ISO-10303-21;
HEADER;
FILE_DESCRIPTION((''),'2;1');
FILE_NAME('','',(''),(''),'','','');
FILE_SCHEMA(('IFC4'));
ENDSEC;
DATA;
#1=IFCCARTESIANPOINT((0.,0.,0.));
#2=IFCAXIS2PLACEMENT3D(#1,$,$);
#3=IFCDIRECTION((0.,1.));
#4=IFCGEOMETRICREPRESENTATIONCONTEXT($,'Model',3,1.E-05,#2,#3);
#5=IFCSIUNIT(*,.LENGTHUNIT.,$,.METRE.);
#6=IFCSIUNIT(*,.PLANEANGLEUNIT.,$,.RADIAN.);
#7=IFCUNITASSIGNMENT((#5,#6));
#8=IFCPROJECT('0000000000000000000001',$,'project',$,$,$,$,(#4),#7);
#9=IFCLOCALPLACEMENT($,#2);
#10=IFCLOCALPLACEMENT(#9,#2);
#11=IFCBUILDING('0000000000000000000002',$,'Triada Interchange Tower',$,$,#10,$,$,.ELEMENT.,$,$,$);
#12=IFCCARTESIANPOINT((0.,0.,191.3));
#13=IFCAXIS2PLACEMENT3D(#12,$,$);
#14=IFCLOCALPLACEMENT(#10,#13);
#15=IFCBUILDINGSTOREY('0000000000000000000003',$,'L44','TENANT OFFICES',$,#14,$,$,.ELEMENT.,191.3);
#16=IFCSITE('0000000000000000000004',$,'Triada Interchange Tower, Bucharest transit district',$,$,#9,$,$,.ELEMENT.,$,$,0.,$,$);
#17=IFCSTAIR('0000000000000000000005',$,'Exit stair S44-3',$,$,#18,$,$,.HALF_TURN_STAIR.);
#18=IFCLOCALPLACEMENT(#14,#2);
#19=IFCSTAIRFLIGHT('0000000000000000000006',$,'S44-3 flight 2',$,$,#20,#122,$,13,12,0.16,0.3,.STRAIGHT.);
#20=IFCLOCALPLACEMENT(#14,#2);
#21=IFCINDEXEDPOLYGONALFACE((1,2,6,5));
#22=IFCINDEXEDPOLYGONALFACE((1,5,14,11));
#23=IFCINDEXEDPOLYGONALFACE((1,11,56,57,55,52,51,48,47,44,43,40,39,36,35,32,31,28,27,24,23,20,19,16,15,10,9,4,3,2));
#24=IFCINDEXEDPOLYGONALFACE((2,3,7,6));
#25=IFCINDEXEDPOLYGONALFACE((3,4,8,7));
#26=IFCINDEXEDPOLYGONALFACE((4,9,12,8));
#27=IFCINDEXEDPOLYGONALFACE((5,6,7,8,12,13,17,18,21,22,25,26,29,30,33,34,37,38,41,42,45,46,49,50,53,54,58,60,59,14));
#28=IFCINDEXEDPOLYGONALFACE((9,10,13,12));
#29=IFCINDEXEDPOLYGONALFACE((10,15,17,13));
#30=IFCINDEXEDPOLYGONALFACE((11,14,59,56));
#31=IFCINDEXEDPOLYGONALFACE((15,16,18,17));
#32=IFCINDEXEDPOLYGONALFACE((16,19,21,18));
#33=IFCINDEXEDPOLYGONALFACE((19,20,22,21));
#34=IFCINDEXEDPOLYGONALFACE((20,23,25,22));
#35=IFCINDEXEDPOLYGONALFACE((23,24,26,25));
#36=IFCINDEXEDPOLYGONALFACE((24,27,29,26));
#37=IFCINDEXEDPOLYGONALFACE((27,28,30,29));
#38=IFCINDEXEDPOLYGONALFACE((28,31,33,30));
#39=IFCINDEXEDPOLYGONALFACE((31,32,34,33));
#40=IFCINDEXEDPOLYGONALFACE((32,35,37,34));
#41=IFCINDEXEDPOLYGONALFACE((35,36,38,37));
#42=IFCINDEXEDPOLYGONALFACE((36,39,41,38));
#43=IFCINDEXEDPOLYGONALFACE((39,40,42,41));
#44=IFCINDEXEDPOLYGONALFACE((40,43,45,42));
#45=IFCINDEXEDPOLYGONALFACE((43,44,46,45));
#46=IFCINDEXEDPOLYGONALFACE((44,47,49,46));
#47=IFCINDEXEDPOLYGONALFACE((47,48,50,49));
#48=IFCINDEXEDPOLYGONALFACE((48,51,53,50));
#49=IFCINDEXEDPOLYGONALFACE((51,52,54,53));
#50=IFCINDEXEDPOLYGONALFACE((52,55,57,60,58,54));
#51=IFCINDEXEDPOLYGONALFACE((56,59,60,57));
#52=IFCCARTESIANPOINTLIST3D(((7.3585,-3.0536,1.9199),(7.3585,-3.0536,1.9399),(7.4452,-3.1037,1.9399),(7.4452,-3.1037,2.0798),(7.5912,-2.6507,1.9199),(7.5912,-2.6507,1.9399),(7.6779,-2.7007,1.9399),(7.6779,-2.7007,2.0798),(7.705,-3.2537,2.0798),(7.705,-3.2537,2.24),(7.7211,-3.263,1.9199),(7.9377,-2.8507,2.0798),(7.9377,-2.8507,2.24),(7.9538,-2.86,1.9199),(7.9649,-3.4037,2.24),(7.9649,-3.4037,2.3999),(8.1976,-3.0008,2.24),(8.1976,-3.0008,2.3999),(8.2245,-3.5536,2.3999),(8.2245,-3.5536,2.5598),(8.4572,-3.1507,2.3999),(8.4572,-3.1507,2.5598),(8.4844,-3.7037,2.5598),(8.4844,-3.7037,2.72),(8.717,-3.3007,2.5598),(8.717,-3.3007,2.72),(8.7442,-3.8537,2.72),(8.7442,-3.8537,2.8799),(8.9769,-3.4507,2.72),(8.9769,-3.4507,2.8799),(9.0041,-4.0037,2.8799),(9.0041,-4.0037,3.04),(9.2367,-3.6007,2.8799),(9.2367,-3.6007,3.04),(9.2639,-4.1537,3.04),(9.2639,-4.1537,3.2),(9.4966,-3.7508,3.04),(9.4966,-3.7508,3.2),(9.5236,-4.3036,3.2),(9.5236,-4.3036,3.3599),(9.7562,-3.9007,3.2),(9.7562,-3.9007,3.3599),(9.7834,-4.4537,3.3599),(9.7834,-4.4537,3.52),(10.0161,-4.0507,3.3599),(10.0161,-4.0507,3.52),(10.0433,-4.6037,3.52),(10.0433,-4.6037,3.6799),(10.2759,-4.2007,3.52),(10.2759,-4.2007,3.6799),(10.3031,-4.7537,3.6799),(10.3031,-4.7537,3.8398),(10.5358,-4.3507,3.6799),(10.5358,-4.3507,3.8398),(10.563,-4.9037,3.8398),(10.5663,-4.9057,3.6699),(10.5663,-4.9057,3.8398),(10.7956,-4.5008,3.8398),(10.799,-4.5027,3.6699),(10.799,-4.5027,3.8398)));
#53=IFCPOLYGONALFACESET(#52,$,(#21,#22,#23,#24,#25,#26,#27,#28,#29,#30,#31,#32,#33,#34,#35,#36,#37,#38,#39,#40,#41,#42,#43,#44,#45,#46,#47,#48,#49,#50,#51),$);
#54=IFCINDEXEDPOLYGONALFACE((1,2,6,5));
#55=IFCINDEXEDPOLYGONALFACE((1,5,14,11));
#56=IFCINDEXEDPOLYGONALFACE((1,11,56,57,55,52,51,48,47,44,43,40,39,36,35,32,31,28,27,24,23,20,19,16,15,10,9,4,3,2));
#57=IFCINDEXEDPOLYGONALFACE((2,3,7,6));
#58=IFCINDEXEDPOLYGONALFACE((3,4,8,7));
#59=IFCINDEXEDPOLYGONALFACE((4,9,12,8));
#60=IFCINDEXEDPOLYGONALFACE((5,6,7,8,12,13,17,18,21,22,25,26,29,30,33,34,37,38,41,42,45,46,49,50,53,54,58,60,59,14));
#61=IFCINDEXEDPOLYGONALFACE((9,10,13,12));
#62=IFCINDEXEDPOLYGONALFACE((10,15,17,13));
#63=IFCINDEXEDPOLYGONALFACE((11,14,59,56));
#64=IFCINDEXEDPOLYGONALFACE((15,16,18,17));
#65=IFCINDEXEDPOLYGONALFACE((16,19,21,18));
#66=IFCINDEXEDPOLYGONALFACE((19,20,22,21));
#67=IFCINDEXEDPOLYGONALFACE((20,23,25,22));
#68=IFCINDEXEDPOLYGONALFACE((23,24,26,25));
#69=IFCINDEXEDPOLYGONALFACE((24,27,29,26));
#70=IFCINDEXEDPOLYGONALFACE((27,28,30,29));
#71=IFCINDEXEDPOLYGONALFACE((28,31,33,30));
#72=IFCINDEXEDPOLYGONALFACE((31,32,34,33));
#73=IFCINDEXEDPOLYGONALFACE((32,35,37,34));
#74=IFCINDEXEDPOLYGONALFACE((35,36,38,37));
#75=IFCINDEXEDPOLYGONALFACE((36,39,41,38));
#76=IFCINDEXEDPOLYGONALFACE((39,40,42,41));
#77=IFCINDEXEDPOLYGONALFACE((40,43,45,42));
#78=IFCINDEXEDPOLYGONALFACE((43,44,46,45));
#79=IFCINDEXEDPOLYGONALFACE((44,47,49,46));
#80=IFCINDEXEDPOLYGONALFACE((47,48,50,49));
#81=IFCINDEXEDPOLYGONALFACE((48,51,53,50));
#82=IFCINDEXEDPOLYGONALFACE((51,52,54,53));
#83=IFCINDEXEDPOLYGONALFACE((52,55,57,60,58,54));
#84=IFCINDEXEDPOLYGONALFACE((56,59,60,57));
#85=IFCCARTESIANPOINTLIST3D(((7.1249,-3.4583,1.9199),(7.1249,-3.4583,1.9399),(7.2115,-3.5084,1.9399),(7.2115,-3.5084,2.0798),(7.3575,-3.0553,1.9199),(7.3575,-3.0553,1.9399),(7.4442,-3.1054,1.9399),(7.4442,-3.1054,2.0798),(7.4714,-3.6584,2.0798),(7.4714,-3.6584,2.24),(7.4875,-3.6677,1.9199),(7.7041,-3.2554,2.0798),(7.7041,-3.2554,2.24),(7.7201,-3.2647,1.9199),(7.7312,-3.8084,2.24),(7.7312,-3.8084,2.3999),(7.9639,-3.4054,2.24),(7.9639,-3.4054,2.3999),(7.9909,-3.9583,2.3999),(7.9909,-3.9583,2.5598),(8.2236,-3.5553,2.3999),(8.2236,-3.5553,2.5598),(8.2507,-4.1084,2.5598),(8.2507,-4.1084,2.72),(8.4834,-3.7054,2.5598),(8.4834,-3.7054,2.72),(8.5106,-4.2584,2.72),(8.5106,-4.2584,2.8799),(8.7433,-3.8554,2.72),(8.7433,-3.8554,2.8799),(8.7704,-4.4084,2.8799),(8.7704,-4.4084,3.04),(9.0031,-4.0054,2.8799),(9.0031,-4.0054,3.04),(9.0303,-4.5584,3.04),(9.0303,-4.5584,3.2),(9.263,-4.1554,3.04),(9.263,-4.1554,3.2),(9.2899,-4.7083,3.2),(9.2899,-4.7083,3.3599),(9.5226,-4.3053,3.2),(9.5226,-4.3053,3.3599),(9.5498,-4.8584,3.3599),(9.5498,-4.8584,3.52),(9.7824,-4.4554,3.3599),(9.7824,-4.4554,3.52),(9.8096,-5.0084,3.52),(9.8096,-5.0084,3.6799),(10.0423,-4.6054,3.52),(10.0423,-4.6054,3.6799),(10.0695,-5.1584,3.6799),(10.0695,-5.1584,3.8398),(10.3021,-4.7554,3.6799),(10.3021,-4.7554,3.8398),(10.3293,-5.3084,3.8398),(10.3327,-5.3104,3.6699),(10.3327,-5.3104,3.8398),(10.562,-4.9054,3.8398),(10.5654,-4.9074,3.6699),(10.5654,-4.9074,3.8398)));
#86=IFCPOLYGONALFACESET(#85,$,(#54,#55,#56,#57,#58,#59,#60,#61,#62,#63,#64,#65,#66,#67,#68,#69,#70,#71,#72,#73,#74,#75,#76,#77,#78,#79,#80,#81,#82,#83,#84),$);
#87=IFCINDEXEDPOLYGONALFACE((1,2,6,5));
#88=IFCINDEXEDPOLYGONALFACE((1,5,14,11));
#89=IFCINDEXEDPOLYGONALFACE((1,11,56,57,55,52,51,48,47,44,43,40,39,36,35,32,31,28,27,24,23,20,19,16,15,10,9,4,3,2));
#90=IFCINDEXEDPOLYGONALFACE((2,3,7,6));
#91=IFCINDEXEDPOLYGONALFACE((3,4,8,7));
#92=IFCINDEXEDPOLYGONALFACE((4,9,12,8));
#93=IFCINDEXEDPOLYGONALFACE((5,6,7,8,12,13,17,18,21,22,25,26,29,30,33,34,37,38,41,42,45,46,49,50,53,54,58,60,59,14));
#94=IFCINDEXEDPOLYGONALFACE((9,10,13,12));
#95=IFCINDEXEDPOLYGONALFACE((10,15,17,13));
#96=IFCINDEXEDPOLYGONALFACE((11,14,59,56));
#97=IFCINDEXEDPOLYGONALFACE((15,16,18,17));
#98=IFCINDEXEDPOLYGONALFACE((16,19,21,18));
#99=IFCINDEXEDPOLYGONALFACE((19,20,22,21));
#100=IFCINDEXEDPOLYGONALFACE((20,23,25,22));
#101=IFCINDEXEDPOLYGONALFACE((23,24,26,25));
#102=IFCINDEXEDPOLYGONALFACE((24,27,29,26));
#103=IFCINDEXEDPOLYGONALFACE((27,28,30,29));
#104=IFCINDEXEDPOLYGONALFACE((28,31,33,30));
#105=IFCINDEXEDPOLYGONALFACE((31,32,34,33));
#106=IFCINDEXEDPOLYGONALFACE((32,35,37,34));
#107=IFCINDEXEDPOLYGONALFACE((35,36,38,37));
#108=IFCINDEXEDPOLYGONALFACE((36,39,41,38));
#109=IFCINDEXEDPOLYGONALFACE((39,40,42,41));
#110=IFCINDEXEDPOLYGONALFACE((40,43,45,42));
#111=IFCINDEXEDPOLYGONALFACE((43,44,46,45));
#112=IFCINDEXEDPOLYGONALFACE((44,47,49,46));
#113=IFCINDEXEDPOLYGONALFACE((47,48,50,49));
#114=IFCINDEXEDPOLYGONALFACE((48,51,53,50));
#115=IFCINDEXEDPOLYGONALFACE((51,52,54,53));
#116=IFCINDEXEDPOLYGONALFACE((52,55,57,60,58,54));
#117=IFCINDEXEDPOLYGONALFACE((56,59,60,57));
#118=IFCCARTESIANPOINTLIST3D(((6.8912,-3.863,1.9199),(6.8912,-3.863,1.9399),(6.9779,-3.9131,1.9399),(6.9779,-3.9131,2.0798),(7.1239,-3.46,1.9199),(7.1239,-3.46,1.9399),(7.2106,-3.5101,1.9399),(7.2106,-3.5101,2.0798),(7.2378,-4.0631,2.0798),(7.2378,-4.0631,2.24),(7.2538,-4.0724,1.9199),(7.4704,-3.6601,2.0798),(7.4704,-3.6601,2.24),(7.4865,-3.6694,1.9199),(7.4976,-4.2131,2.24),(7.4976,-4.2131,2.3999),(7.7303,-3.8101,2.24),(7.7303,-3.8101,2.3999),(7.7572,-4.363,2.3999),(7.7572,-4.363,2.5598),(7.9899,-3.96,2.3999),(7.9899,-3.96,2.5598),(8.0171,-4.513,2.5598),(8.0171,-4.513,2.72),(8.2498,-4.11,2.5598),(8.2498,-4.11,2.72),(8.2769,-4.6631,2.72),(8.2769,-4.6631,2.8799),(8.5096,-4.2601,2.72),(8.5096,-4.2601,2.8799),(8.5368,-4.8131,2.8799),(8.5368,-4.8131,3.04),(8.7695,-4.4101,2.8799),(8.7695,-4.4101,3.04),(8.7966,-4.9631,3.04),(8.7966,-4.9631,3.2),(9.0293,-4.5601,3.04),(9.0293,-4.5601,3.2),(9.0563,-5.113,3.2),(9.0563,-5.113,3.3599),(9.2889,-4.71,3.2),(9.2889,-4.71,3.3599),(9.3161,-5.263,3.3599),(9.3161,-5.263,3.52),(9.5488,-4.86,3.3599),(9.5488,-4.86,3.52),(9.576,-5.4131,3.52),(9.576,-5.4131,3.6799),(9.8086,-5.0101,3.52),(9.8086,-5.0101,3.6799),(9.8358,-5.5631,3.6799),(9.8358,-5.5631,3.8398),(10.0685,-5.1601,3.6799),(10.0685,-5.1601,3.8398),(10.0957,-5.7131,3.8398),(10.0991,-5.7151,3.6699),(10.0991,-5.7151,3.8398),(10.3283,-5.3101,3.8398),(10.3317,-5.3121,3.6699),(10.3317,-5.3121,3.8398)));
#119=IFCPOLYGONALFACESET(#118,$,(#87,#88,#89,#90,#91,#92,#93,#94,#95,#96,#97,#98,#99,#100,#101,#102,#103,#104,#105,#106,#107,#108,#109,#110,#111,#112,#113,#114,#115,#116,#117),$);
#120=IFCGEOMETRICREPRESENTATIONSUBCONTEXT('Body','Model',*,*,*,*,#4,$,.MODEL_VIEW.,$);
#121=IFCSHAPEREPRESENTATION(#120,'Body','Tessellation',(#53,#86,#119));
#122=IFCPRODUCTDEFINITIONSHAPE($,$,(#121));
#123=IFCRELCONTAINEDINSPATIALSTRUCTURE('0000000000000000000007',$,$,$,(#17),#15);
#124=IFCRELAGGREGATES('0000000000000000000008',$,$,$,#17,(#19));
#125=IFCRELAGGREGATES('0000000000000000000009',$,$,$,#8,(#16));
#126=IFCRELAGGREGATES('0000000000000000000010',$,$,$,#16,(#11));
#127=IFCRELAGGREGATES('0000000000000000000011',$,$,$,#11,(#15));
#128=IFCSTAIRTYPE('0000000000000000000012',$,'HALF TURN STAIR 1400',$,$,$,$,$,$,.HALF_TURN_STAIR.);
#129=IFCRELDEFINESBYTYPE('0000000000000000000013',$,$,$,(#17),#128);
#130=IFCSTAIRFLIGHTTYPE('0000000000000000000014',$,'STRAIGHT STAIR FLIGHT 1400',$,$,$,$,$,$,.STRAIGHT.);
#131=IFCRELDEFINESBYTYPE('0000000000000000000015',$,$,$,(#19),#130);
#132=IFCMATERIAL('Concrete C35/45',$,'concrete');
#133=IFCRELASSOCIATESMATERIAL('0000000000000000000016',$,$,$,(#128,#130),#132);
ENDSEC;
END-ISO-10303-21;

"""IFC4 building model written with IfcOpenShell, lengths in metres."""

from ifc_helpers import new_model, si_unit, direction, frame, origin, place, context, subcontext, project, spatial, polyline, outline, extrude, material, type_object, element, aggregate, save


model = new_model("IFC4")

# Units and contexts
model_context = context("Model", 3, precision=1e-05, world=origin(), true_north=direction((0.0, 1.0)))
body_context = subcontext(model_context, "Body", "Model", "MODEL_VIEW")
ifc_project = project(units=[si_unit("LENGTHUNIT", "METRE"), si_unit("PLANEANGLEUNIT", "RADIAN")], contexts=[model_context])

# Site, building, storey
site_placement = place(None, origin())
site = spatial("IfcSite", under=ifc_project, at=site_placement, Name="Triada Interchange Tower, Bucharest transit district", CompositionType="ELEMENT", RefElevation=0.0)
building_placement = place(site_placement, origin())
building = spatial("IfcBuilding", under=site, at=building_placement, Name="Triada Interchange Tower", CompositionType="ELEMENT")
storey_placement = place(building_placement, frame((0.0, 0.0, 191.3)))
storey = spatial("IfcBuildingStorey", under=building, at=storey_placement, Name="L44", Description="TENANT OFFICES", CompositionType="ELEMENT", Elevation=191.3)

# Stair, stair flight
ifc_material_1 = material(Name="Concrete C35/45", Category="concrete")
stair_type = type_object("IfcStairType", Name="HALF TURN STAIR 1400", PredefinedType="HALF_TURN_STAIR", material=ifc_material_1)
stair_placement = place(storey_placement, origin())
stair = element("IfcStair", 1, at=stair_placement, inside=storey, type_object=stair_type, Name="Exit stair S44-3", PredefinedType="HALF_TURN_STAIR")
stair_flight_type = type_object("IfcStairFlightType", Name="STRAIGHT STAIR FLIGHT 1400", PredefinedType="STRAIGHT", material=ifc_material_1)
stair_flight_1_placement = place(storey_placement, frame((7.3279, -3.3069, 1.9199), z_axis=(0.0, 0.0, 1.0), x_axis=(0.866025, -0.5, 0.0)))
stair_flight_1 = element("IfcStairFlight", 2, at=stair_flight_1_placement, type_object=stair_flight_type, Name="S44-3 flight 2", NumberOfRisers=13, NumberOfTreads=12, PredefinedType="STRAIGHT", RiserHeight=0.16, TreadLength=0.3, context=body_context, shape_type="SweptSolid", body=[
    extrude(outline(polyline([(-0.1001, 0.0), (-0.1001, 0.02), (0.0, 0.02), (0.0, 0.1599), (0.3, 0.1599), (0.3, 0.3201), (0.6001, 0.3201), (0.6001, 0.48), (0.8999, 0.48), (0.8999, 0.6399), (1.2, 0.6399), (1.2, 0.8), (1.5, 0.8), (1.5, 0.96), (1.8, 0.96), (1.8, 1.1201), (2.1001, 1.1201), (2.1001, 1.28), (2.3999, 1.28), (2.3999, 1.4399), (2.7, 1.4399), (2.7, 1.6001), (3.0, 1.6001), (3.0, 1.76), (3.3, 1.76), (3.3, 1.9199), (3.6001, 1.9199), (3.604, 1.9199), (3.604, 2.0801), (3.604, 1.75), (0.3186, 0.0), (-0.1001, 0.0)])), frame((0.0, 0.7, 0.0), z_axis=(0.0, -1.0, 0.0), x_axis=(1.0, 0.0, 0.0)), (0.0, 0.0, 1.0), 0.4653),
    extrude(outline(polyline([(-0.1001, 0.0), (-0.1001, 0.02), (0.0, 0.02), (0.0, 0.1599), (0.3, 0.1599), (0.3, 0.3201), (0.6001, 0.3201), (0.6001, 0.48), (0.8999, 0.48), (0.8999, 0.6399), (1.2, 0.6399), (1.2, 0.8), (1.5, 0.8), (1.5, 0.96), (1.8, 0.96), (1.8, 1.1201), (2.1001, 1.1201), (2.1001, 1.28), (2.3999, 1.28), (2.3999, 1.4399), (2.7, 1.4399), (2.7, 1.6001), (3.0, 1.6001), (3.0, 1.76), (3.3, 1.76), (3.3, 1.9199), (3.6001, 1.9199), (3.604, 1.9199), (3.604, 2.0801), (3.604, 1.75), (0.3186, 0.0), (-0.1001, 0.0)])), frame((0.0, 0.2327, 0.0), z_axis=(0.0, -1.0, 0.0), x_axis=(1.0, 0.0, 0.0)), (0.0, 0.0, 1.0), 0.4653),
    extrude(outline(polyline([(-0.1001, 0.0), (-0.1001, 0.02), (0.0, 0.02), (0.0, 0.1599), (0.3, 0.1599), (0.3, 0.3201), (0.6001, 0.3201), (0.6001, 0.48), (0.8999, 0.48), (0.8999, 0.6399), (1.2, 0.6399), (1.2, 0.8), (1.5, 0.8), (1.5, 0.96), (1.8, 0.96), (1.8, 1.1201), (2.1001, 1.1201), (2.1001, 1.28), (2.3999, 1.28), (2.3999, 1.4399), (2.7, 1.4399), (2.7, 1.6001), (3.0, 1.6001), (3.0, 1.76), (3.3, 1.76), (3.3, 1.9199), (3.6001, 1.9199), (3.604, 1.9199), (3.604, 2.0801), (3.604, 1.75), (0.3186, 0.0), (-0.1001, 0.0)])), frame((0.0, -0.2346, 0.0), z_axis=(0.0, -1.0, 0.0), x_axis=(1.0, 0.0, 0.0)), (0.0, 0.0, 1.0), 0.4653),
])
aggregate(stair, [stair_flight_1])

save(model, "model.ifc")
